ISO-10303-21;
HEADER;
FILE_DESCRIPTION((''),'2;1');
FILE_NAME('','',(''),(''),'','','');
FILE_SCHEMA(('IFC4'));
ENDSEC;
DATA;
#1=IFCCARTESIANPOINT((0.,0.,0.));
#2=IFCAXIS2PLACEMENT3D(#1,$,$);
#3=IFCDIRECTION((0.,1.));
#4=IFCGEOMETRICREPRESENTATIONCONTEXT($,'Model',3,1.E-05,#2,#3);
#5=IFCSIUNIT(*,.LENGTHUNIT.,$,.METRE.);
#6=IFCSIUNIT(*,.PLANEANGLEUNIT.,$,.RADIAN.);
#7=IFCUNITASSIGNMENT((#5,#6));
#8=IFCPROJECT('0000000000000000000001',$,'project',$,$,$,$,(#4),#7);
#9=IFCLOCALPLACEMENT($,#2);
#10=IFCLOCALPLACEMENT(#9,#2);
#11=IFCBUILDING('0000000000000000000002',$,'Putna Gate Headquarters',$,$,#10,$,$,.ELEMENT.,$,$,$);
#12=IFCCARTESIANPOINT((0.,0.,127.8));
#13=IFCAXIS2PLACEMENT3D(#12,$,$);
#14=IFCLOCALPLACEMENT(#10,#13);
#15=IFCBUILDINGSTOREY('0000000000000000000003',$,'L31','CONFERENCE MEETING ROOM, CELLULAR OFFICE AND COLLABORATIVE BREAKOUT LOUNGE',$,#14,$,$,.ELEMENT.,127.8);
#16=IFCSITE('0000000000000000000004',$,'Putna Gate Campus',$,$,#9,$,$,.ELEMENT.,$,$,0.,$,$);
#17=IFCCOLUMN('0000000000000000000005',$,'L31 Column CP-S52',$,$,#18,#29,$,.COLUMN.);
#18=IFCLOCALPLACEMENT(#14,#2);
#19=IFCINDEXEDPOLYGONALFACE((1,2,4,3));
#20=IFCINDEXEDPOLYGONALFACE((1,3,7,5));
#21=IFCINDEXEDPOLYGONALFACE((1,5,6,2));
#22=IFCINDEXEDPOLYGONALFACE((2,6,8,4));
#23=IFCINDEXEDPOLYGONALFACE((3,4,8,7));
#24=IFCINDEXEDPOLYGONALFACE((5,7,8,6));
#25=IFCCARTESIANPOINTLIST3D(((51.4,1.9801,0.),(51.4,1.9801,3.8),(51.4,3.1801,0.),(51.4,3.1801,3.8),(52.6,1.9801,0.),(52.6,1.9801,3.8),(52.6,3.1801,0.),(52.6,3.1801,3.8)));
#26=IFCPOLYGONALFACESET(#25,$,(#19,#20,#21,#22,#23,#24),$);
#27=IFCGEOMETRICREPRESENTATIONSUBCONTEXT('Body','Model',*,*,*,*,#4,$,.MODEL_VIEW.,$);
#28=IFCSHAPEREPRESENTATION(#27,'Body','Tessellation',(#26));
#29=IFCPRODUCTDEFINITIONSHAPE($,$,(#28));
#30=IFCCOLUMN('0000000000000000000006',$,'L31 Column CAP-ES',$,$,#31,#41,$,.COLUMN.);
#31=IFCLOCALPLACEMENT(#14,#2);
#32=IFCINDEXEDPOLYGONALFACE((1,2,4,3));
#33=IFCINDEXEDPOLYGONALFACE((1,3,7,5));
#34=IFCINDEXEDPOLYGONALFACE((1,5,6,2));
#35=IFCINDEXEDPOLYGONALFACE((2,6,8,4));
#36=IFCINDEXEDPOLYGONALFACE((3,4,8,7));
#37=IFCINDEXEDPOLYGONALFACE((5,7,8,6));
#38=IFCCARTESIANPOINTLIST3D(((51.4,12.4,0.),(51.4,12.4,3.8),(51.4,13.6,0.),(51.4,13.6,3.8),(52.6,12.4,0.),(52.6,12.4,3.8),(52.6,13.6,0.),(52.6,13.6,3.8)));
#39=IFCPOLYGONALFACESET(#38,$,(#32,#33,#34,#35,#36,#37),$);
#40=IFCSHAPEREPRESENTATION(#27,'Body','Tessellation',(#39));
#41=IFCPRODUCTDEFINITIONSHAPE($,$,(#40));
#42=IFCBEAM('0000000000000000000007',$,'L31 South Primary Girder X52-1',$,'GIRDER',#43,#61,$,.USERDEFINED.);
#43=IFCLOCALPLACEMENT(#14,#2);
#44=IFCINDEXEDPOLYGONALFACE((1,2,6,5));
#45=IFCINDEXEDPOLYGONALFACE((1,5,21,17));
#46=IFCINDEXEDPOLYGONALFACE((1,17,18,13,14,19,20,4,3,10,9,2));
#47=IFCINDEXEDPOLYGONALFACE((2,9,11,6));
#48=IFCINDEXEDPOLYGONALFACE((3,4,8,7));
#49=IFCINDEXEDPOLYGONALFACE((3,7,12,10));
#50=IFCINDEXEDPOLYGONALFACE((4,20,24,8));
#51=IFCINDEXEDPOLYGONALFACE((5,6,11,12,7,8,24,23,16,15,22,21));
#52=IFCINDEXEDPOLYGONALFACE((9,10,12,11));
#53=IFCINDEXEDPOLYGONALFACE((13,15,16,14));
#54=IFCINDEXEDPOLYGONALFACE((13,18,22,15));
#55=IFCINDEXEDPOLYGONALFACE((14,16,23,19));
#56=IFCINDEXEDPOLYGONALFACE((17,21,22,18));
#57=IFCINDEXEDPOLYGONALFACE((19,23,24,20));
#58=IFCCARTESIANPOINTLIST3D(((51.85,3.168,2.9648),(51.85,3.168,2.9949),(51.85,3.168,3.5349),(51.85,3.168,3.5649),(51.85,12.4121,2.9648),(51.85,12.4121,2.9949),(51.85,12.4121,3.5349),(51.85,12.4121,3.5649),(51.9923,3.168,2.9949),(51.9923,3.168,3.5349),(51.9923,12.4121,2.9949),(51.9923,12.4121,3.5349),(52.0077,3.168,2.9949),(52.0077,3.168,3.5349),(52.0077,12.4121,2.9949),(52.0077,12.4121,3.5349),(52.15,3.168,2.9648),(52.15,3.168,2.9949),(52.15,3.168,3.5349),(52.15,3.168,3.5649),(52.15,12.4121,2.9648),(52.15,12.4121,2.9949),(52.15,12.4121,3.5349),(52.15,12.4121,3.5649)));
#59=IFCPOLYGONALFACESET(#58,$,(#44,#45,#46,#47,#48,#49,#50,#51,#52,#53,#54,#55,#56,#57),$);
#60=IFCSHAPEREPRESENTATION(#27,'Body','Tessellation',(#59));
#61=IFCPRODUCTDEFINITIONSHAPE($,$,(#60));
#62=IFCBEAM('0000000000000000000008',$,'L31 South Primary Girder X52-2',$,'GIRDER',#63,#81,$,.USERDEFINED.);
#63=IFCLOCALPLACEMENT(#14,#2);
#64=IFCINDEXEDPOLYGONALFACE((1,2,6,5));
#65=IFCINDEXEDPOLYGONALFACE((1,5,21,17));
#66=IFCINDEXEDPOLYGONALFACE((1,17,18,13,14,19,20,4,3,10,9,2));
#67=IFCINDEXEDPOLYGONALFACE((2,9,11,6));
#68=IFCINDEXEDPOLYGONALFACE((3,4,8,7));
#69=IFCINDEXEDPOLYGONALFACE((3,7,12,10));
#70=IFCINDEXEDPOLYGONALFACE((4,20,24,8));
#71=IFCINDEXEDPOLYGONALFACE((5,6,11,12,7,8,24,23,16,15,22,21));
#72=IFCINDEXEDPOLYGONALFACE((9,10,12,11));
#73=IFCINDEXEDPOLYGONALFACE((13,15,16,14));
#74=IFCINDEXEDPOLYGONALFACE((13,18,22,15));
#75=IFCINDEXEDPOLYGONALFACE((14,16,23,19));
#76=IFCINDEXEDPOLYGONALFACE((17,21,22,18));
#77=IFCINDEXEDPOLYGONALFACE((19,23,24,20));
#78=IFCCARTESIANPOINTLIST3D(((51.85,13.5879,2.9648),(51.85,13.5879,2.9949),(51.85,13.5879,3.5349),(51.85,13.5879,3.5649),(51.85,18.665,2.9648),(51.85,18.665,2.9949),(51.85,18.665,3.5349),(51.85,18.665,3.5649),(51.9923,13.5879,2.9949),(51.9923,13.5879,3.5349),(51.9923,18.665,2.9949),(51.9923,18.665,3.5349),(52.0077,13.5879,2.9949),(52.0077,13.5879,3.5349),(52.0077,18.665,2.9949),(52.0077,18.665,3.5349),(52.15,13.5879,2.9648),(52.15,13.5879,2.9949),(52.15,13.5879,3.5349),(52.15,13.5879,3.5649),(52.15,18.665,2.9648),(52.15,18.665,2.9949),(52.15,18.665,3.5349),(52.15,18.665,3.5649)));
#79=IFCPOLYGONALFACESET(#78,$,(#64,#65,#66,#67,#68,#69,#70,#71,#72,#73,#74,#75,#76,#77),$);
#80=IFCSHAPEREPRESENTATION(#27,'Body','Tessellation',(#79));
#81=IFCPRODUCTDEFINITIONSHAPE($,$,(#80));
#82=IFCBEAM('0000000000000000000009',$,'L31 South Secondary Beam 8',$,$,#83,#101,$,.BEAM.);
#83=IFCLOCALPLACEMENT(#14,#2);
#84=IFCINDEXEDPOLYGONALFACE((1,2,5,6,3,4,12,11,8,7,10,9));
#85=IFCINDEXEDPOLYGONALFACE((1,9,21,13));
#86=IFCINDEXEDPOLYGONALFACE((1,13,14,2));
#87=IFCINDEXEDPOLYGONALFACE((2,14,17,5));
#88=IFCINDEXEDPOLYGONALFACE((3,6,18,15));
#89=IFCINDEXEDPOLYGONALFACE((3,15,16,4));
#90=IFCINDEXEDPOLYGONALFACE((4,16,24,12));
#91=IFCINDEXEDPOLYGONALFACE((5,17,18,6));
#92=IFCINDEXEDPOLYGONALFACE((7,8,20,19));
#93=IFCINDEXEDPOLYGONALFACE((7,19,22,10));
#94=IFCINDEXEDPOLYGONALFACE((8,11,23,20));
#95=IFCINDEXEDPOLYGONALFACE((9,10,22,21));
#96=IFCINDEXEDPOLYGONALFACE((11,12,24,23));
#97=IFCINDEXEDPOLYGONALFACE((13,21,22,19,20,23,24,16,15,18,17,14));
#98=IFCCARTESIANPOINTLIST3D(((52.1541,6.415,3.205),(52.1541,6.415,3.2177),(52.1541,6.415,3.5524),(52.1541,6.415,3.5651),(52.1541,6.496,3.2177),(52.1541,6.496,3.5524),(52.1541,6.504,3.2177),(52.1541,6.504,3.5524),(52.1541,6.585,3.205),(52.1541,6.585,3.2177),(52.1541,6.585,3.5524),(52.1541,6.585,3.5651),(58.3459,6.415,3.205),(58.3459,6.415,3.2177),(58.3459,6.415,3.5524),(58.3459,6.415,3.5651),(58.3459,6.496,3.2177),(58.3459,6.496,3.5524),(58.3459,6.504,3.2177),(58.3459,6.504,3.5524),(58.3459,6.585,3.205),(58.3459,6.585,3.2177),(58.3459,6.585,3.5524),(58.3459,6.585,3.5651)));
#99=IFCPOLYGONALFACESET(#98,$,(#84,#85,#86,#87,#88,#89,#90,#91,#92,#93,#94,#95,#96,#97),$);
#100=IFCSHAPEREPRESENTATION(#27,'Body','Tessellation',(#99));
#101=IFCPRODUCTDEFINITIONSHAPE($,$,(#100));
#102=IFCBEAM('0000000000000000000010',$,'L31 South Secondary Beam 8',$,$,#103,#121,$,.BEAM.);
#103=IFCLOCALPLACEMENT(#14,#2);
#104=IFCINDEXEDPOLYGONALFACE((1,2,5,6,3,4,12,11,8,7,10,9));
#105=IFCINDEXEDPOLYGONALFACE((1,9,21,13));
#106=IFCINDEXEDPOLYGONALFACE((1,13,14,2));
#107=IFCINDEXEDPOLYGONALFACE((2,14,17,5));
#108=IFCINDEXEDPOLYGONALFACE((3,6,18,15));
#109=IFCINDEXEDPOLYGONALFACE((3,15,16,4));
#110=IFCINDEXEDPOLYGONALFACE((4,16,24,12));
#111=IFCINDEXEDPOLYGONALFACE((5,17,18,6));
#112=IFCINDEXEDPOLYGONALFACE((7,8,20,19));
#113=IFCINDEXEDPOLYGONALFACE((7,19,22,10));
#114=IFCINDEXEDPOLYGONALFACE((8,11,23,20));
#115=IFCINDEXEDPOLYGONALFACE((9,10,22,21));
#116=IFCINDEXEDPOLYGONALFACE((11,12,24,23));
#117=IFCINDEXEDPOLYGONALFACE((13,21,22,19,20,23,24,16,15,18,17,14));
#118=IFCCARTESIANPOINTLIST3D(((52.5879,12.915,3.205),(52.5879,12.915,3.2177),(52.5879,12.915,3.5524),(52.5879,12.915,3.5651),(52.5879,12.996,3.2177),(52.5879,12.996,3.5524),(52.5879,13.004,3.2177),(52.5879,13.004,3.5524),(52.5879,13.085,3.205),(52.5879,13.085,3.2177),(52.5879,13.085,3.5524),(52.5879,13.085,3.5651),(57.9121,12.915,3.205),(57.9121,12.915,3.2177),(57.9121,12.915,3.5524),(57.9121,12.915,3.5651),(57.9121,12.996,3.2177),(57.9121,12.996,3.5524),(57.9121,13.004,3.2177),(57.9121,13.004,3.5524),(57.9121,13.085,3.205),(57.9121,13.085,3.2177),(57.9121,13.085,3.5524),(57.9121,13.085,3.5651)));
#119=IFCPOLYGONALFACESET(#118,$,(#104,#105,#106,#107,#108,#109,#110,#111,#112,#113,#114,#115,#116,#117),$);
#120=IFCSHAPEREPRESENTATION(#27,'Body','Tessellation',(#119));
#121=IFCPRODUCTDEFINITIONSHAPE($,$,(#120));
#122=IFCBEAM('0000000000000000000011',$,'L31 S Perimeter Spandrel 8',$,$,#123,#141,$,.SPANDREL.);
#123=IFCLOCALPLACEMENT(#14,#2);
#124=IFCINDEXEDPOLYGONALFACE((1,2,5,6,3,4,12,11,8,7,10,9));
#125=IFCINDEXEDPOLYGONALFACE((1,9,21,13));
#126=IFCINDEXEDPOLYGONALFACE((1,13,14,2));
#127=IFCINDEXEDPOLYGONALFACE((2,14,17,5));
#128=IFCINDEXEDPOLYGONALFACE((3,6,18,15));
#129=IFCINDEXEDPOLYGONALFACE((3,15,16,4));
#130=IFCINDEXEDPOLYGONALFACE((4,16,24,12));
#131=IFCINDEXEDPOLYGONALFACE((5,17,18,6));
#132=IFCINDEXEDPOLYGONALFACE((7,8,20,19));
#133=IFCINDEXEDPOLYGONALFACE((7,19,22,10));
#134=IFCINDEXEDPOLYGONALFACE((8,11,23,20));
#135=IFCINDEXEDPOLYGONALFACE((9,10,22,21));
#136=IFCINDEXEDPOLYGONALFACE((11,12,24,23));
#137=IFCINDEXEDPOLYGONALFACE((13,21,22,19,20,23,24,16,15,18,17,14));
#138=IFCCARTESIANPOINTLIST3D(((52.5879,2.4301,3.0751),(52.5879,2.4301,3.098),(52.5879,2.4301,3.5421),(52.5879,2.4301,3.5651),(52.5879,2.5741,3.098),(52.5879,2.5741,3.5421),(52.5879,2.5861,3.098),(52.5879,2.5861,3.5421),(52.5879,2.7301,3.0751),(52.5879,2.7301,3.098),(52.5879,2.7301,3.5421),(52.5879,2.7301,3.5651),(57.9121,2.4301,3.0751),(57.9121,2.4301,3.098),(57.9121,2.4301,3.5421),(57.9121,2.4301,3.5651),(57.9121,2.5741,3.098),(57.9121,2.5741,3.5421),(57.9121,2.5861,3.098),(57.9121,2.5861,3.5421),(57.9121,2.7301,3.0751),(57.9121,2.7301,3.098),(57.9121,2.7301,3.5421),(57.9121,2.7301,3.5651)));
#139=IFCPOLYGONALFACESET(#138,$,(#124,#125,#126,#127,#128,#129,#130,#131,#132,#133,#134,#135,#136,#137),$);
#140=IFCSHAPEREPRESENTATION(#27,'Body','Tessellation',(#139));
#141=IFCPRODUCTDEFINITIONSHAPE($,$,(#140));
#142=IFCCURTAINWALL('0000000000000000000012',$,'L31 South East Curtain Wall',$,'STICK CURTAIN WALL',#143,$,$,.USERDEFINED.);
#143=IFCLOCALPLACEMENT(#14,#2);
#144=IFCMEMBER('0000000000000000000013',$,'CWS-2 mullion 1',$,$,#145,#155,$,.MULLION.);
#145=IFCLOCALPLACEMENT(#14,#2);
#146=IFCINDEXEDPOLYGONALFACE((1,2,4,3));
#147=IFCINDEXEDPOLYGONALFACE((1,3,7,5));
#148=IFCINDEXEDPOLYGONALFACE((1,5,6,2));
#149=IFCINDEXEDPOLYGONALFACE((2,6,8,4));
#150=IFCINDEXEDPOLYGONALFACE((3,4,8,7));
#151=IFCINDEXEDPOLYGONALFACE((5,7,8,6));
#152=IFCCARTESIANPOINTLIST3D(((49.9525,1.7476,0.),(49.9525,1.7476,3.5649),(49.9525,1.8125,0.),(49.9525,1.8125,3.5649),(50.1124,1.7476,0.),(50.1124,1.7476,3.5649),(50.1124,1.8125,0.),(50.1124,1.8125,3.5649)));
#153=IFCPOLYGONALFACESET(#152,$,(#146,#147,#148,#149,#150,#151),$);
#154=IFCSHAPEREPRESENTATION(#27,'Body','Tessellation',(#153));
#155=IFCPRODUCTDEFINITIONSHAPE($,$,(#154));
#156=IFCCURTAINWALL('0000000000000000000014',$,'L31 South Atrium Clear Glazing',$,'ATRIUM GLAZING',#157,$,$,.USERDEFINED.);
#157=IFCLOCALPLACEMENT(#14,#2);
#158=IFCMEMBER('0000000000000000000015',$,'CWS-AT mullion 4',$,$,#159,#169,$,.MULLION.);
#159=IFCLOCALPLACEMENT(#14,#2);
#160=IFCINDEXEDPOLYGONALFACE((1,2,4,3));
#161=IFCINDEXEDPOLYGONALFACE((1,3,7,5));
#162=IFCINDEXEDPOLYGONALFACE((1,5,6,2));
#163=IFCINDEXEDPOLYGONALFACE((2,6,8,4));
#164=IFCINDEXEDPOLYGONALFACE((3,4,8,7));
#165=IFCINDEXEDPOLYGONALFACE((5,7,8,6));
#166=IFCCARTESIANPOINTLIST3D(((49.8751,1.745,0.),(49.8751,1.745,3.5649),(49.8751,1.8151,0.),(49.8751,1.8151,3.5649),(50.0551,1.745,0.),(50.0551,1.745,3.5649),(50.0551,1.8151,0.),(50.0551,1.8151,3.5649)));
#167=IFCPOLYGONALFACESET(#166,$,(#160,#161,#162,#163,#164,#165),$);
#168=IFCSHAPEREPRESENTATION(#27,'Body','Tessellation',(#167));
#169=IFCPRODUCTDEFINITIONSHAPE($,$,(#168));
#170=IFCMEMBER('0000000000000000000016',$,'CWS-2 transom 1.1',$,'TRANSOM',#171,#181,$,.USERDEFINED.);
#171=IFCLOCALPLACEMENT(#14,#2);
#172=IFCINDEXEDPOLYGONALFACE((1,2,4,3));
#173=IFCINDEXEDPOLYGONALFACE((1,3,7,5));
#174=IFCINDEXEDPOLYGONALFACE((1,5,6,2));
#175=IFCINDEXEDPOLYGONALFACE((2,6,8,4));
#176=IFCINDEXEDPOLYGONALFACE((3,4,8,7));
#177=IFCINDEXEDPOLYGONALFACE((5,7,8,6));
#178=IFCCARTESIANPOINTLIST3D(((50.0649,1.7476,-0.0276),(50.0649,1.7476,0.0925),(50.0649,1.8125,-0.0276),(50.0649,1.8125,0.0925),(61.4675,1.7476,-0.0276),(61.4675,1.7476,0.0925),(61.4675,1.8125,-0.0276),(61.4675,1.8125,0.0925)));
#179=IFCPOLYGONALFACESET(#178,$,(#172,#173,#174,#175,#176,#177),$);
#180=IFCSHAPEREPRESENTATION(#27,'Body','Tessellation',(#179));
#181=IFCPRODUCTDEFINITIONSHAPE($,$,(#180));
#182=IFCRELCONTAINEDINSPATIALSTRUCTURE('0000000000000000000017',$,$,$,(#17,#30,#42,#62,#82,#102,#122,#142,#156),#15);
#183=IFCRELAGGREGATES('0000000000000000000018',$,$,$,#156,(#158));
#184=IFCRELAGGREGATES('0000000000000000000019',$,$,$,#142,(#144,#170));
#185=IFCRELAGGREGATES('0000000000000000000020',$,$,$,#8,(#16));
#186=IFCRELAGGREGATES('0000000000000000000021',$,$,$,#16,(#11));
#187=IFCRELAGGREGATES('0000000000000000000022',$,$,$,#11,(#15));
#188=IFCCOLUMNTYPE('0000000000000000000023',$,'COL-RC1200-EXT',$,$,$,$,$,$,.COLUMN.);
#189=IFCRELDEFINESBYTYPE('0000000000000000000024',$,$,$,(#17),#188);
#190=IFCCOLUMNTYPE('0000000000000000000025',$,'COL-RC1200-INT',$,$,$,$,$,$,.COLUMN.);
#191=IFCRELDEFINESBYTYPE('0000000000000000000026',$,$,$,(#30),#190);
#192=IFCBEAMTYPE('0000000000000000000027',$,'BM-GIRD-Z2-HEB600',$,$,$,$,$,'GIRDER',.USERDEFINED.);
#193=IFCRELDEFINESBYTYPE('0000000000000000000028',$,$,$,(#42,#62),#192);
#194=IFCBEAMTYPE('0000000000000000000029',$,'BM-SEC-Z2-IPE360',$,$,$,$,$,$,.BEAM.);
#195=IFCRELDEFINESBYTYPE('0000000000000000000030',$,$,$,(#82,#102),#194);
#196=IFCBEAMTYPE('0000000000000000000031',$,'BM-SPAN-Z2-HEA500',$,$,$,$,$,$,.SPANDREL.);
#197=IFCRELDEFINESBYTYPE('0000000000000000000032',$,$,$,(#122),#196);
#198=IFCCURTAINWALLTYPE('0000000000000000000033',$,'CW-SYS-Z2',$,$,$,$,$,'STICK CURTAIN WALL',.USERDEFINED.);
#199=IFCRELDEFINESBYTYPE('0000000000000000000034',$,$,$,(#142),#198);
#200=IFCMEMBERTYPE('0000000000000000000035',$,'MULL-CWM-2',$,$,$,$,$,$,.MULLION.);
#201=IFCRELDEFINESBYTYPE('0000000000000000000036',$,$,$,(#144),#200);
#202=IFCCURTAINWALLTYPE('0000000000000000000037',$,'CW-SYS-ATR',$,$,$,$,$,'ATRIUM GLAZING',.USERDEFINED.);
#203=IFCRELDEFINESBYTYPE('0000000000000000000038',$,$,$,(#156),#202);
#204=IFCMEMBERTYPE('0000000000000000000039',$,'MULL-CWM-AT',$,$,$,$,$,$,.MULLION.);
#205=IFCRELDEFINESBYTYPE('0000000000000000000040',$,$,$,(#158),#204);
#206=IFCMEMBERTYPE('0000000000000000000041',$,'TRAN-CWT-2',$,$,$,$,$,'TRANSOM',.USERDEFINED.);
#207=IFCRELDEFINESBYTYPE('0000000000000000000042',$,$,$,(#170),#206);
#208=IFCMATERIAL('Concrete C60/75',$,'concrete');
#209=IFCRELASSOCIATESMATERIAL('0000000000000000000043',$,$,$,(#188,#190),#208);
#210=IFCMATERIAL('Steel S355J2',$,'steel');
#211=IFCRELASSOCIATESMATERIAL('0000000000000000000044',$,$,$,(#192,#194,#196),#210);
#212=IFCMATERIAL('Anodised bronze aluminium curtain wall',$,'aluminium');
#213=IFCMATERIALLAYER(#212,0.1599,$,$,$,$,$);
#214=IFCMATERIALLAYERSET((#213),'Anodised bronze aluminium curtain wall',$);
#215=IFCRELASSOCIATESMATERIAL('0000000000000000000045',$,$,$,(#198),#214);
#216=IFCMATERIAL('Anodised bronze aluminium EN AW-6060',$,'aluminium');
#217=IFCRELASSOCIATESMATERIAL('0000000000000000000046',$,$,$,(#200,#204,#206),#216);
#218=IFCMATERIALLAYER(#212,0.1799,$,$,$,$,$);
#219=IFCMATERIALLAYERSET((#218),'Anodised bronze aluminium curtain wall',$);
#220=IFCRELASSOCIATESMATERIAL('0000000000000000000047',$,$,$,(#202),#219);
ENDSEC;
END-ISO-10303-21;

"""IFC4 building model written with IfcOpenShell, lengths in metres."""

from ifc_helpers import new_model, si_unit, direction, frame, origin, origin_2d, place, context, subcontext, project, spatial, rectangle, i_section, extrude, material, layer, layer_set, material_profile, profile_set, type_object, element, aggregate, save


model = new_model("IFC4")

# Units and contexts
model_context = context("Model", 3, precision=1e-05, world=origin(), true_north=direction((0.0, 1.0)))
body_context = subcontext(model_context, "Body", "Model", "MODEL_VIEW")
ifc_project = project(units=[si_unit("LENGTHUNIT", "METRE"), si_unit("PLANEANGLEUNIT", "RADIAN")], contexts=[model_context])

# Site, building, storey
site_placement = place(None, origin())
site = spatial("IfcSite", under=ifc_project, at=site_placement, Name="Putna Gate Campus", CompositionType="ELEMENT", RefElevation=0.0)
building_placement = place(site_placement, origin())
building = spatial("IfcBuilding", under=site, at=building_placement, Name="Putna Gate Headquarters", CompositionType="ELEMENT")
storey_placement = place(building_placement, frame((0.0, 0.0, 127.8)))
storey = spatial("IfcBuildingStorey", under=building, at=storey_placement, Name="L31", Description="CONFERENCE MEETING ROOM, CELLULAR OFFICE AND COLLABORATIVE BREAKOUT LOUNGE", CompositionType="ELEMENT", Elevation=127.8)

# Columns
ifc_material_1 = material(Name="Concrete C60/75", Category="concrete")
ifc_material_profile_1 = material_profile(ifc_material_1, rectangle(XDim=1.2, YDim=1.2, at=origin_2d()), Name="Concrete C60/75")
ifc_profile_set_1 = profile_set([ifc_material_profile_1], Name="Concrete C60/75")
column_type_1 = type_object("IfcColumnType", Name="COL-RC1200-EXT", PredefinedType="COLUMN", material=ifc_profile_set_1)
column_1_placement = place(storey_placement, frame((52.0, 2.5801, 0.0), z_axis=(0.0, 0.0, 1.0), x_axis=(1.0, 0.0, 0.0)))
element("IfcColumn", 1, at=column_1_placement, inside=storey, type_object=column_type_1, Name="L31 Column CP-S52", PredefinedType="COLUMN", context=body_context, shape_type="SweptSolid", body=[
    extrude(rectangle(XDim=1.2, YDim=1.2, at=origin_2d()), origin(), (0.0, 0.0, 1.0), 3.8),
])
ifc_material_profile_2 = material_profile(ifc_material_1, rectangle(XDim=1.2, YDim=1.2, at=origin_2d()), Name="Concrete C60/75")
ifc_profile_set_2 = profile_set([ifc_material_profile_2], Name="Concrete C60/75")
column_type_2 = type_object("IfcColumnType", Name="COL-RC1200-INT", PredefinedType="COLUMN", material=ifc_profile_set_2)
column_2_placement = place(storey_placement, frame((52.0, 13.0, 0.0), z_axis=(0.0, 0.0, 1.0), x_axis=(1.0, 0.0, 0.0)))
element("IfcColumn", 2, at=column_2_placement, inside=storey, type_object=column_type_2, Name="L31 Column CAP-ES", PredefinedType="COLUMN", context=body_context, shape_type="SweptSolid", body=[
    extrude(rectangle(XDim=1.2, YDim=1.2, at=origin_2d()), origin(), (0.0, 0.0, 1.0), 3.8),
])

# Beams
ifc_material_2 = material(Name="Steel S355J2", Category="steel")
ifc_material_profile_3 = material_profile(ifc_material_2, i_section(OverallWidth=0.3, OverallDepth=0.6001, WebThickness=0.0154, FlangeThickness=0.03, at=origin_2d()), Name="Steel S355J2")
ifc_profile_set_3 = profile_set([ifc_material_profile_3], Name="Steel S355J2")
beam_type_1 = type_object("IfcBeamType", Name="BM-GIRD-Z2-HEB600", ElementType="GIRDER", PredefinedType="USERDEFINED", material=ifc_profile_set_3)
beam_1_placement = place(storey_placement, frame((52.0, 3.168, 3.2649), z_axis=(0.0, 1.0, 0.0), x_axis=(-1.0, 0.0, 0.0)))
element("IfcBeam", 3, at=beam_1_placement, inside=storey, type_object=beam_type_1, Name="L31 South Primary Girder X52-1", ObjectType="GIRDER", PredefinedType="USERDEFINED", context=body_context, shape_type="SweptSolid", body=[
    extrude(i_section(OverallWidth=0.3, OverallDepth=0.6001, WebThickness=0.0154, FlangeThickness=0.03, at=origin_2d()), origin(), (0.0, 0.0, 1.0), 9.2441),
])
beam_2_placement = place(storey_placement, frame((52.0, 13.5879, 3.2649), z_axis=(0.0, 1.0, 0.0), x_axis=(-1.0, 0.0, 0.0)))
element("IfcBeam", 4, at=beam_2_placement, inside=storey, type_object=beam_type_1, Name="L31 South Primary Girder X52-2", ObjectType="GIRDER", PredefinedType="USERDEFINED", context=body_context, shape_type="SweptSolid", body=[
    extrude(i_section(OverallWidth=0.3, OverallDepth=0.6001, WebThickness=0.0154, FlangeThickness=0.03, at=origin_2d()), origin(), (0.0, 0.0, 1.0), 5.0771),
])
ifc_material_profile_4 = material_profile(ifc_material_2, i_section(OverallWidth=0.1699, OverallDepth=0.3601, WebThickness=0.0081, FlangeThickness=0.0127, at=origin_2d()), Name="Steel S355J2")
ifc_profile_set_4 = profile_set([ifc_material_profile_4], Name="Steel S355J2")
beam_type_2 = type_object("IfcBeamType", Name="BM-SEC-Z2-IPE360", PredefinedType="BEAM", material=ifc_profile_set_4)
beam_3_placement = place(storey_placement, frame((52.1541, 6.5, 3.385), z_axis=(1.0, 0.0, 0.0), x_axis=(0.0, 1.0, 0.0)))
element("IfcBeam", 5, at=beam_3_placement, inside=storey, type_object=beam_type_2, Name="L31 South Secondary Beam 8", PredefinedType="BEAM", context=body_context, shape_type="SweptSolid", body=[
    extrude(i_section(OverallWidth=0.1699, OverallDepth=0.3601, WebThickness=0.0081, FlangeThickness=0.0127, at=origin_2d()), origin(), (0.0, 0.0, 1.0), 6.1919),
])
beam_4_placement = place(storey_placement, frame((52.5879, 13.0, 3.385), z_axis=(1.0, 0.0, 0.0), x_axis=(0.0, 1.0, 0.0)))
element("IfcBeam", 6, at=beam_4_placement, inside=storey, type_object=beam_type_2, Name="L31 South Secondary Beam 8", PredefinedType="BEAM", context=body_context, shape_type="SweptSolid", body=[
    extrude(i_section(OverallWidth=0.1699, OverallDepth=0.3601, WebThickness=0.0081, FlangeThickness=0.0127, at=origin_2d()), origin(), (0.0, 0.0, 1.0), 5.3242),
])
ifc_material_profile_5 = material_profile(ifc_material_2, i_section(OverallWidth=0.3, OverallDepth=0.49, WebThickness=0.012, FlangeThickness=0.0229, at=origin_2d()), Name="Steel S355J2")
ifc_profile_set_5 = profile_set([ifc_material_profile_5], Name="Steel S355J2")
beam_type_3 = type_object("IfcBeamType", Name="BM-SPAN-Z2-HEA500", PredefinedType="SPANDREL", material=ifc_profile_set_5)
beam_5_placement = place(storey_placement, frame((52.5879, 2.5801, 3.3201), z_axis=(1.0, 0.0, 0.0), x_axis=(0.0, 1.0, 0.0)))
element("IfcBeam", 7, at=beam_5_placement, inside=storey, type_object=beam_type_3, Name="L31 S Perimeter Spandrel 8", PredefinedType="SPANDREL", context=body_context, shape_type="SweptSolid", body=[
    extrude(i_section(OverallWidth=0.3, OverallDepth=0.49, WebThickness=0.012, FlangeThickness=0.0229, at=origin_2d()), origin(), (0.0, 0.0, 1.0), 5.3242),
])

# Curtain walls, members
ifc_material_3 = material(Name="Anodised bronze aluminium curtain wall", Category="aluminium")
ifc_layer_1 = layer(ifc_material_3, 0.1599)
ifc_layer_set_1 = layer_set([ifc_layer_1], Name="Anodised bronze aluminium curtain wall")
curtain_wall_type_1 = type_object("IfcCurtainWallType", Name="CW-SYS-Z2", ElementType="STICK CURTAIN WALL", PredefinedType="USERDEFINED", material=ifc_layer_set_1)
curtain_wall_1_placement = place(storey_placement, origin())
curtain_wall_1 = element("IfcCurtainWall", 8, at=curtain_wall_1_placement, inside=storey, type_object=curtain_wall_type_1, Name="L31 South East Curtain Wall", ObjectType="STICK CURTAIN WALL", PredefinedType="USERDEFINED")
ifc_material_4 = material(Name="Anodised bronze aluminium EN AW-6060", Category="aluminium")
ifc_material_profile_6 = material_profile(ifc_material_4, rectangle(XDim=0.0649, YDim=0.1599, at=origin_2d()), Name="Anodised bronze aluminium EN AW-6060")
ifc_profile_set_6 = profile_set([ifc_material_profile_6], Name="Anodised bronze aluminium EN AW-6060")
member_type_1 = type_object("IfcMemberType", Name="MULL-CWM-2", PredefinedType="MULLION", material=ifc_profile_set_6)
member_1_placement = place(storey_placement, frame((50.0325, 1.78, 0.0), z_axis=(0.0, 0.0, 1.0), x_axis=(0.0, 1.0, 0.0)))
member_1 = element("IfcMember", 9, at=member_1_placement, type_object=member_type_1, Name="CWS-2 mullion 1", PredefinedType="MULLION", context=body_context, shape_type="SweptSolid", body=[
    extrude(rectangle(XDim=0.0649, YDim=0.1599, at=origin_2d()), origin(), (0.0, 0.0, 1.0), 3.5649),
])
ifc_layer_2 = layer(ifc_material_3, 0.1799)
ifc_layer_set_2 = layer_set([ifc_layer_2], Name="Anodised bronze aluminium curtain wall")
curtain_wall_type_2 = type_object("IfcCurtainWallType", Name="CW-SYS-ATR", ElementType="ATRIUM GLAZING", PredefinedType="USERDEFINED", material=ifc_layer_set_2)
curtain_wall_2_placement = place(storey_placement, origin())
curtain_wall_2 = element("IfcCurtainWall", 10, at=curtain_wall_2_placement, inside=storey, type_object=curtain_wall_type_2, Name="L31 South Atrium Clear Glazing", ObjectType="ATRIUM GLAZING", PredefinedType="USERDEFINED")
ifc_material_profile_7 = material_profile(ifc_material_4, rectangle(XDim=0.0701, YDim=0.1799, at=origin_2d()), Name="Anodised bronze aluminium EN AW-6060")
ifc_profile_set_7 = profile_set([ifc_material_profile_7], Name="Anodised bronze aluminium EN AW-6060")
member_type_2 = type_object("IfcMemberType", Name="MULL-CWM-AT", PredefinedType="MULLION", material=ifc_profile_set_7)
member_2_placement = place(storey_placement, frame((49.9651, 1.78, 0.0), z_axis=(0.0, 0.0, 1.0), x_axis=(0.0, 1.0, 0.0)))
member_2 = element("IfcMember", 11, at=member_2_placement, type_object=member_type_2, Name="CWS-AT mullion 4", PredefinedType="MULLION", context=body_context, shape_type="SweptSolid", body=[
    extrude(rectangle(XDim=0.0701, YDim=0.1799, at=origin_2d()), origin(), (0.0, 0.0, 1.0), 3.5649),
])
aggregate(curtain_wall_2, [member_2])

# Member
ifc_material_profile_8 = material_profile(ifc_material_4, rectangle(XDim=0.0649, YDim=0.1201, at=origin_2d()), Name="Anodised bronze aluminium EN AW-6060")
ifc_profile_set_8 = profile_set([ifc_material_profile_8], Name="Anodised bronze aluminium EN AW-6060")
member_type_3 = type_object("IfcMemberType", Name="TRAN-CWT-2", ElementType="TRANSOM", PredefinedType="USERDEFINED", material=ifc_profile_set_8)
member_3_placement = place(storey_placement, frame((50.0649, 1.78, 0.0325), z_axis=(1.0, 0.0, 0.0), x_axis=(0.0, 1.0, 0.0)))
member_3 = element("IfcMember", 12, at=member_3_placement, type_object=member_type_3, Name="CWS-2 transom 1.1", ObjectType="TRANSOM", PredefinedType="USERDEFINED", context=body_context, shape_type="SweptSolid", body=[
    extrude(rectangle(XDim=0.0649, YDim=0.1201, at=origin_2d()), origin(), (0.0, 0.0, 1.0), 11.4026),
])

aggregate(curtain_wall_1, [member_1, member_3])

save(model, "model.ifc")
